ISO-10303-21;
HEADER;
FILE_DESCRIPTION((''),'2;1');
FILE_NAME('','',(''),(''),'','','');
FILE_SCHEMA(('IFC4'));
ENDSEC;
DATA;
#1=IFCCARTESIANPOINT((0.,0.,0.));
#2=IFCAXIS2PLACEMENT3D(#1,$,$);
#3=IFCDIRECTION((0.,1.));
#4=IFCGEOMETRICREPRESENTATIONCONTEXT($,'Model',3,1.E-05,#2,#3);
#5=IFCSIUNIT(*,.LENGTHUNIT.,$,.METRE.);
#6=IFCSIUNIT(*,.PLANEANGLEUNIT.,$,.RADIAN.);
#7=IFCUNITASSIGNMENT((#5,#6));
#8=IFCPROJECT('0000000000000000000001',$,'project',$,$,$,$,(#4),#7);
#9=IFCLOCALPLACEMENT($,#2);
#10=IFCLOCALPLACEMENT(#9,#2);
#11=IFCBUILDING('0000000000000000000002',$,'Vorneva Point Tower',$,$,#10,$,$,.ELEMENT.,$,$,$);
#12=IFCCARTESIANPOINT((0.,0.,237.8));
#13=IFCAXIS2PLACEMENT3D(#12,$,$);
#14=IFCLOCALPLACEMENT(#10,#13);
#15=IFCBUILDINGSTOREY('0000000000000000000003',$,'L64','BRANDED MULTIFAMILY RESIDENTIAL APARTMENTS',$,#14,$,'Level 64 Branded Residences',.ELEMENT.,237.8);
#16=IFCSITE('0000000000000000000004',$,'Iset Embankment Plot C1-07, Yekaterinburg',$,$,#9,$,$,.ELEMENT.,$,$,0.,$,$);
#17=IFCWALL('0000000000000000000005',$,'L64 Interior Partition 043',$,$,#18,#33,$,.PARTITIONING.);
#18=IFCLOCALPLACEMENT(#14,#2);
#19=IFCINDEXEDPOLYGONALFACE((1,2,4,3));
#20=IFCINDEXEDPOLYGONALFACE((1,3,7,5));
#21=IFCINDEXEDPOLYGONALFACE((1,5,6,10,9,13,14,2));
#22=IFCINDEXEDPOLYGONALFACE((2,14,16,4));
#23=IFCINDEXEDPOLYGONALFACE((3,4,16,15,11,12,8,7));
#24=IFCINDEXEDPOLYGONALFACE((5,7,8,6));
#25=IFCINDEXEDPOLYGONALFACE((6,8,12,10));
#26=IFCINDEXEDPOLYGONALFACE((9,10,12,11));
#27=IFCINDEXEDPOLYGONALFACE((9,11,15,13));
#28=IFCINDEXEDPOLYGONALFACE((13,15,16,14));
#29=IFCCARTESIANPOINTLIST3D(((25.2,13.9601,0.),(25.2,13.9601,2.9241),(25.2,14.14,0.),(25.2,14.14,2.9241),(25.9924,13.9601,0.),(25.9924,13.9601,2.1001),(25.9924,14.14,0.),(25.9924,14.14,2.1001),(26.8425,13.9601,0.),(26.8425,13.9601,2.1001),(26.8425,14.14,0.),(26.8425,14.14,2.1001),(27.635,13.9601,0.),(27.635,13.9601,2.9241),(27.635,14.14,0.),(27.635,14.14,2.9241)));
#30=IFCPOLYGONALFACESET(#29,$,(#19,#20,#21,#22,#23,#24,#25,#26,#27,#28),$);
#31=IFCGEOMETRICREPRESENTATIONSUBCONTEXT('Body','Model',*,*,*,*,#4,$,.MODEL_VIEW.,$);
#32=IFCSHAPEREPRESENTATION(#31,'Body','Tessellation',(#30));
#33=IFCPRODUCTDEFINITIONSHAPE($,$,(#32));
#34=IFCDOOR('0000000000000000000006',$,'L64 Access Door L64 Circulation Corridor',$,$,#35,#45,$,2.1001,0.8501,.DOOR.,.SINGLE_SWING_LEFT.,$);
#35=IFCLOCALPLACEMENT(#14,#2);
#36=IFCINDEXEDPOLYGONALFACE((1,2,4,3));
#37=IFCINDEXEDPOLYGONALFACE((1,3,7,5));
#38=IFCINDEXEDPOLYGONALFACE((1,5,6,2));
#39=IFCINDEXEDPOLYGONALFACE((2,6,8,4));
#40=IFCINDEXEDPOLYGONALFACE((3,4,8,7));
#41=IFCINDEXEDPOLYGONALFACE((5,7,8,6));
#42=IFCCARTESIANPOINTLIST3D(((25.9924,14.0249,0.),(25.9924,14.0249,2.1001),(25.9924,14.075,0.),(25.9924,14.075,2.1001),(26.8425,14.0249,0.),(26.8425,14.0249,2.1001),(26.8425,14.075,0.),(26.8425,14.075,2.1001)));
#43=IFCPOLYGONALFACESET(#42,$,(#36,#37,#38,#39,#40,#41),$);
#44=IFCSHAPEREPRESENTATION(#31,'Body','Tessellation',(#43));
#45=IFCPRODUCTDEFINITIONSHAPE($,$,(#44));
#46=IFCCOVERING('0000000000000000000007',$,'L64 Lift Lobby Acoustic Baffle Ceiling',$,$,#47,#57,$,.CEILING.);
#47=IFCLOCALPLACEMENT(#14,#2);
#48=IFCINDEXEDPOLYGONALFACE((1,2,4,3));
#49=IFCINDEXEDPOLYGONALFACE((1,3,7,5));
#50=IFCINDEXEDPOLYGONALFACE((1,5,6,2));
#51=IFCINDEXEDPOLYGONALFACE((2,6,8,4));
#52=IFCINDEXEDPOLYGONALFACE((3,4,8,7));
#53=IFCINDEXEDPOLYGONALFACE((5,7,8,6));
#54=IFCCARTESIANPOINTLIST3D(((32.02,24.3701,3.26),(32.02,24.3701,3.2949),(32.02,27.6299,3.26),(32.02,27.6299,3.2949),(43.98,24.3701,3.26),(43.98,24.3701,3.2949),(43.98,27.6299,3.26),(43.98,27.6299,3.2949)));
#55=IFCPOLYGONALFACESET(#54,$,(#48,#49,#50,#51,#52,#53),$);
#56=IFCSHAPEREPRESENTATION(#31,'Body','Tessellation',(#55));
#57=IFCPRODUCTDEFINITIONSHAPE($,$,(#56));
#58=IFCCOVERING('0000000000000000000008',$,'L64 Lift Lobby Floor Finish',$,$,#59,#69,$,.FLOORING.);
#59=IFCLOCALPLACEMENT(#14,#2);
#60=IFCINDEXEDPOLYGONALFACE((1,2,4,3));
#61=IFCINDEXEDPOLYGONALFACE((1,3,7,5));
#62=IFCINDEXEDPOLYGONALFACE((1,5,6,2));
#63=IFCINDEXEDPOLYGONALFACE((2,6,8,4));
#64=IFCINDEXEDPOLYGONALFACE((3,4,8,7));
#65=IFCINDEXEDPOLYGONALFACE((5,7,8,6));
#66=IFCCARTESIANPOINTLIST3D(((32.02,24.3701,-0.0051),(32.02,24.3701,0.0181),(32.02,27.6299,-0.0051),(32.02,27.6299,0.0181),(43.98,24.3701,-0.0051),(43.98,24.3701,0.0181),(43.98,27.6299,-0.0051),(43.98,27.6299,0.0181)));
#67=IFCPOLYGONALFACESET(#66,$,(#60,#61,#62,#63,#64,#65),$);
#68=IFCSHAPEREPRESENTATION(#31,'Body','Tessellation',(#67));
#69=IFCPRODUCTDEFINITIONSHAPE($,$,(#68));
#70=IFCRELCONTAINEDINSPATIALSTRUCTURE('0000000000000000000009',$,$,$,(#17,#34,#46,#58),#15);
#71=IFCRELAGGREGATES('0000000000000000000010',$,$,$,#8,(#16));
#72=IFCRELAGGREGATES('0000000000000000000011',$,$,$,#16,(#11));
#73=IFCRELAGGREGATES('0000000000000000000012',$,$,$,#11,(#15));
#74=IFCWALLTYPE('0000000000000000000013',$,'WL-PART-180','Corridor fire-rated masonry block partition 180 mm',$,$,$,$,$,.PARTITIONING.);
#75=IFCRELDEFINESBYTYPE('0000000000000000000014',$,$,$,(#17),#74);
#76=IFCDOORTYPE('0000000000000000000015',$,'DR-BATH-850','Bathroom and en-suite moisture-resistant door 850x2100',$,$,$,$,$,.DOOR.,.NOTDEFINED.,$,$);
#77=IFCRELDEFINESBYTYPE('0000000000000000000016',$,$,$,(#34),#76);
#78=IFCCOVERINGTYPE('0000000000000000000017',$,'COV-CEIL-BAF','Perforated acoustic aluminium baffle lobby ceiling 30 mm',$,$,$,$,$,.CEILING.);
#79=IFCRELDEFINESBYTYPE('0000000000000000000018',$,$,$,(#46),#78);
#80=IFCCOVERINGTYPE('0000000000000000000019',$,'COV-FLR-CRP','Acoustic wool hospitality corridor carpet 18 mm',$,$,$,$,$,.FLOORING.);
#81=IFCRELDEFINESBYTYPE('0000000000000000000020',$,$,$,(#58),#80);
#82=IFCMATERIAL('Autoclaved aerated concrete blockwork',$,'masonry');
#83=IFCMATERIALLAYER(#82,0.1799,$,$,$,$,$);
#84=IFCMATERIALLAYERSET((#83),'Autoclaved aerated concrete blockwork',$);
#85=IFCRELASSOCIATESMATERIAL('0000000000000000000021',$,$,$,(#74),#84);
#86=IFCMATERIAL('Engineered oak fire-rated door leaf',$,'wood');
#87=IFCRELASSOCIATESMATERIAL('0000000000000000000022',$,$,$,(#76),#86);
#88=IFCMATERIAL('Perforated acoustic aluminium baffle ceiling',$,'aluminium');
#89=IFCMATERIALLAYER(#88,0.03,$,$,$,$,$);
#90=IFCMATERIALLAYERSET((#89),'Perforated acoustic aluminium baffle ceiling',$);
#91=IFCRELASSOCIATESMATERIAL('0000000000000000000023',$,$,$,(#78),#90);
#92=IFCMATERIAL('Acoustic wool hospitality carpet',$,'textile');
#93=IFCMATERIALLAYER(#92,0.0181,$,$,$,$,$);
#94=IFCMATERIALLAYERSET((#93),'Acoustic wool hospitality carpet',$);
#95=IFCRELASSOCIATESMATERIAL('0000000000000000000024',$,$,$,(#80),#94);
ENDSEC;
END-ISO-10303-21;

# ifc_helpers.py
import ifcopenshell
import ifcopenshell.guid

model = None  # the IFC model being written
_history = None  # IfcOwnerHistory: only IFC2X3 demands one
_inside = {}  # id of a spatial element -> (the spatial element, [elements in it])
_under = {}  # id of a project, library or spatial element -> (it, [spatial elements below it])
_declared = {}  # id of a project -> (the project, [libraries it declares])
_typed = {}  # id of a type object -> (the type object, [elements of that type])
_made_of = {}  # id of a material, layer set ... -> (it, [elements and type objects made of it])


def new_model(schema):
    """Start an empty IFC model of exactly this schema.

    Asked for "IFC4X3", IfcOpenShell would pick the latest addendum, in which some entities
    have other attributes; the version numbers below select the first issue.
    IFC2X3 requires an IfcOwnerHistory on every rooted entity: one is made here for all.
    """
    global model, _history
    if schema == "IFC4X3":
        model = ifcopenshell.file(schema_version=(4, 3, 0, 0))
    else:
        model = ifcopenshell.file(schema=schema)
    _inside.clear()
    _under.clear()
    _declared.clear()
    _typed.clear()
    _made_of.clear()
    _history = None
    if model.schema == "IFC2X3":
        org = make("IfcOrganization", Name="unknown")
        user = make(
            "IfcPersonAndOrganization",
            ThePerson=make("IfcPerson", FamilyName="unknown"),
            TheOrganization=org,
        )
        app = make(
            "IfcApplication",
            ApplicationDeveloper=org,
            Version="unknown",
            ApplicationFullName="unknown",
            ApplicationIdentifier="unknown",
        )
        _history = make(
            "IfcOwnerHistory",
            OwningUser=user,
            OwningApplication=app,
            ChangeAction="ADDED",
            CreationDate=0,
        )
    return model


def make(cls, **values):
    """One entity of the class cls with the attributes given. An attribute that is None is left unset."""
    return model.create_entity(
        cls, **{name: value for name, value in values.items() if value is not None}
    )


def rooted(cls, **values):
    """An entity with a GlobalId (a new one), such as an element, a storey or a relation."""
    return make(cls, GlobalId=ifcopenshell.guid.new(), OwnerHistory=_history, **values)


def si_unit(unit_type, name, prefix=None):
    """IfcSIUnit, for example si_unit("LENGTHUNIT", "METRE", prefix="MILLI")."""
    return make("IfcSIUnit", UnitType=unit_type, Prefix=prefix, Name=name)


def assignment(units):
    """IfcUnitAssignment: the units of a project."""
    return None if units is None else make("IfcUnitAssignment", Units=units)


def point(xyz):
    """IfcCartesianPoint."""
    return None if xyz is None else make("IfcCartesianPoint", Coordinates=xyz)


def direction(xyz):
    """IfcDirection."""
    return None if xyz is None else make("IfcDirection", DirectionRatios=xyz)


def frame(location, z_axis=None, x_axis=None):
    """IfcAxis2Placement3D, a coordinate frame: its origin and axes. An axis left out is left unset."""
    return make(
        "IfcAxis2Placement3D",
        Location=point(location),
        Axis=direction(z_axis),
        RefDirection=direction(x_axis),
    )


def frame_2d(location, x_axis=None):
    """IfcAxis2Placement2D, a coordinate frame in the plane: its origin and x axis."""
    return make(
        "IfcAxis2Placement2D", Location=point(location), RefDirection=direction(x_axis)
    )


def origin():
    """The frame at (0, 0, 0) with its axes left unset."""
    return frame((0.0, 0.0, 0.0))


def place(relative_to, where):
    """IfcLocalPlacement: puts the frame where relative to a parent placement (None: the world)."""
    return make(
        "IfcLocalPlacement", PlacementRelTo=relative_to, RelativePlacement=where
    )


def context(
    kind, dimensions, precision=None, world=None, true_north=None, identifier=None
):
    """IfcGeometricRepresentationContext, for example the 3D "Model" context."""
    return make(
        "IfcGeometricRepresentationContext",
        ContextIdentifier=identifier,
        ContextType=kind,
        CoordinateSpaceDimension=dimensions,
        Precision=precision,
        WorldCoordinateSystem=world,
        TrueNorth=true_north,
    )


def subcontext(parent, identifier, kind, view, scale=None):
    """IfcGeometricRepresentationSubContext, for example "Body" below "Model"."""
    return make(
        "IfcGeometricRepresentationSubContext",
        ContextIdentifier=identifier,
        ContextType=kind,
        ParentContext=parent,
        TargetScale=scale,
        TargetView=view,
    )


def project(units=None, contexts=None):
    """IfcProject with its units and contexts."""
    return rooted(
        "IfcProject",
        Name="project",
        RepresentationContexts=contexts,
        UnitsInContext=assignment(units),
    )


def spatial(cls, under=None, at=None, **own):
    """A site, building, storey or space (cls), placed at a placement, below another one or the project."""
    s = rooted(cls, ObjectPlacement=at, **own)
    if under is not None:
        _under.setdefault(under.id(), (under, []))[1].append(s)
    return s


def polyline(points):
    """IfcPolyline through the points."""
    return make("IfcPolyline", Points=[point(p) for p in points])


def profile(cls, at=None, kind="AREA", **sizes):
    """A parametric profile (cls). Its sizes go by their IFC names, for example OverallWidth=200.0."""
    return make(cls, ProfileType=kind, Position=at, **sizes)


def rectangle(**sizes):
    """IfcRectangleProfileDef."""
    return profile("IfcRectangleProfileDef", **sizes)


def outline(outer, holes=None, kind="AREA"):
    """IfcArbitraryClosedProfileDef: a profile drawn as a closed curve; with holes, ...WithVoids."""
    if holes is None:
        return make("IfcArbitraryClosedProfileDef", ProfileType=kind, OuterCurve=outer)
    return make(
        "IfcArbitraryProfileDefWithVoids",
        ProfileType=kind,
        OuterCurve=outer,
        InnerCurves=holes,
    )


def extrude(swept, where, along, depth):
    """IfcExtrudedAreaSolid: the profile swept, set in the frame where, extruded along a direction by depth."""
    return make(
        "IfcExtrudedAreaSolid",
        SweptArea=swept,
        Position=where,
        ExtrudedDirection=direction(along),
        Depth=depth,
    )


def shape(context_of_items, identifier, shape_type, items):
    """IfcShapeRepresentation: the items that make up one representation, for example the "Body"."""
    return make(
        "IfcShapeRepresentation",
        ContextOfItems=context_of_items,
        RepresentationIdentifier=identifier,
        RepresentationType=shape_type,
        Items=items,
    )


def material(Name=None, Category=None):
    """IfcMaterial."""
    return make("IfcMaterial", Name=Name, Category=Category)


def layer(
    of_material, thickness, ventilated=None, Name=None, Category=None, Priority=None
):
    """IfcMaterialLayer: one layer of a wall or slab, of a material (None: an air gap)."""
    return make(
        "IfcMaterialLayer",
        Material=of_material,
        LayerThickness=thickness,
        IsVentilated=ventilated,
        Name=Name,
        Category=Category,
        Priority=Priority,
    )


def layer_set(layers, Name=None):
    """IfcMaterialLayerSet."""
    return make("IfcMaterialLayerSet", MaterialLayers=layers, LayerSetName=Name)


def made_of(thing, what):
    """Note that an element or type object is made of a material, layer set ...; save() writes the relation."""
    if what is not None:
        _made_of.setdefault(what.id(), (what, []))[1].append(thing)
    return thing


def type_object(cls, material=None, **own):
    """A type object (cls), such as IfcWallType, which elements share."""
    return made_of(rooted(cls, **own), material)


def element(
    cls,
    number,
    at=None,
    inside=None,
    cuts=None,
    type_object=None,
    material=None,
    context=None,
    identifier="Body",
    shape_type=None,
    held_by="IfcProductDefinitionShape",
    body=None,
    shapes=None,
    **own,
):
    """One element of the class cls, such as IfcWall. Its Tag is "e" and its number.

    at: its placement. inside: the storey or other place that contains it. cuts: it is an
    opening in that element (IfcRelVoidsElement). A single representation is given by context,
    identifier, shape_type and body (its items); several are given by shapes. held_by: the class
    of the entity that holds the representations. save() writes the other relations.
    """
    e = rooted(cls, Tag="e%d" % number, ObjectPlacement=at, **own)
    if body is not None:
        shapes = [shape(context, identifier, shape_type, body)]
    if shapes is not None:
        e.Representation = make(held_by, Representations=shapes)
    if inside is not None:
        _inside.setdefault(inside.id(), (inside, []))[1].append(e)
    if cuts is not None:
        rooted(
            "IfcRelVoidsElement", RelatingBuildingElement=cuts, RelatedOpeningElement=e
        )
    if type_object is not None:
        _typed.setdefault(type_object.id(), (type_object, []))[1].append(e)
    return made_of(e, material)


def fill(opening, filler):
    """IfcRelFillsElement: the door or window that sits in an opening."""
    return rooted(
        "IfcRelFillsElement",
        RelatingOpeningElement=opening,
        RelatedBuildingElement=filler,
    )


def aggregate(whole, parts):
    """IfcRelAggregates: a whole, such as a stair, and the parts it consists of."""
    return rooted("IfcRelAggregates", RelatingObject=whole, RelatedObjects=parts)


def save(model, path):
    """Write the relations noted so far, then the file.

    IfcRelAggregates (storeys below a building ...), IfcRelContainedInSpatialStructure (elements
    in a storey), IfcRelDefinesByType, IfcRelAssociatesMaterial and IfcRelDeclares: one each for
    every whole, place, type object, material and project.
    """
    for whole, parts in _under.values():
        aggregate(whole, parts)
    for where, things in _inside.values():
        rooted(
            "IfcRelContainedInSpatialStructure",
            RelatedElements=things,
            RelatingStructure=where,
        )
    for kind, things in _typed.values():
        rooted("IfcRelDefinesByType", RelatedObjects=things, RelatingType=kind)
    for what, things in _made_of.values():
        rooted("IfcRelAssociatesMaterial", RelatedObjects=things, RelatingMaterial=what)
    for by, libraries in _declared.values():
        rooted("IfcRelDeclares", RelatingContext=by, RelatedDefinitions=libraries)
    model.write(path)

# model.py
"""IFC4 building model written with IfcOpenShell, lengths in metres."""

from ifc_helpers import new_model, si_unit, direction, frame, frame_2d, origin, place, context, subcontext, project, spatial, polyline, rectangle, outline, extrude, material, layer, layer_set, type_object, element, fill, save


model = new_model("IFC4")

# Units and contexts
model_context = context("Model", 3, precision=1e-05, world=origin(), true_north=direction((0.0, 1.0)))
body_context = subcontext(model_context, "Body", "Model", "MODEL_VIEW")
ifc_project = project(units=[si_unit("LENGTHUNIT", "METRE"), si_unit("PLANEANGLEUNIT", "RADIAN")], contexts=[model_context])

# Site, building, storey
site_placement = place(None, origin())
site = spatial("IfcSite", under=ifc_project, at=site_placement, Name="Iset Embankment Plot C1-07, Yekaterinburg", CompositionType="ELEMENT", RefElevation=0.0)
building_placement = place(site_placement, origin())
building = spatial("IfcBuilding", under=site, at=building_placement, Name="Vorneva Point Tower", CompositionType="ELEMENT")
storey_placement = place(building_placement, frame((0.0, 0.0, 237.8)))
storey = spatial("IfcBuildingStorey", under=building, at=storey_placement, Name="L64", Description="BRANDED MULTIFAMILY RESIDENTIAL APARTMENTS", LongName="Level 64 Branded Residences", CompositionType="ELEMENT", Elevation=237.8)

# Shared definitions
ifc_material_1 = material(Name="Autoclaved aerated concrete blockwork", Category="masonry")
ifc_layer_1 = layer(ifc_material_1, 0.1799)
ifc_layer_set_1 = layer_set([ifc_layer_1], Name="Autoclaved aerated concrete blockwork")
wall_type_1 = type_object("IfcWallType", Name="WL-PART-180", Description="Corridor fire-rated masonry block partition 180 mm", PredefinedType="PARTITIONING", material=ifc_layer_set_1)

# Wall, opening, door
wall_1_placement = place(storey_placement, frame((25.2, 14.05, 0.0), z_axis=(0.0, 0.0, 1.0), x_axis=(1.0, 0.0, 0.0)))
wall_1 = element("IfcWall", 1, at=wall_1_placement, inside=storey, type_object=wall_type_1, Name="L64 Interior Partition 043", PredefinedType="PARTITIONING", context=body_context, shape_type="SweptSolid", body=[
    extrude(rectangle(XDim=2.4351, YDim=0.1799, at=frame_2d((1.2175, 0.0))), origin(), (0.0, 0.0, 1.0), 2.9241),
])
opening_1_placement = place(wall_1_placement, frame((0.7925, 0.0, 0.0)))
opening_1 = element("IfcOpeningElement", 2, at=opening_1_placement, cuts=wall_1, PredefinedType="OPENING", context=body_context, shape_type="SweptSolid", body=[
    extrude(rectangle(XDim=0.8501, YDim=2.1001, at=frame_2d((0.425, 1.05))), frame((0.0, 0.105, 0.0), z_axis=(0.0, -1.0, 0.0), x_axis=(1.0, 0.0, 0.0)), (0.0, 0.0, 1.0), 0.2097),
])
ifc_material_2 = material(Name="Engineered oak fire-rated door leaf", Category="wood")
door_type = type_object("IfcDoorType", Name="DR-BATH-850", Description="Bathroom and en-suite moisture-resistant door 850x2100", OperationType="NOTDEFINED", PredefinedType="DOOR", material=ifc_material_2)
door_placement = place(opening_1_placement, origin())
door = element("IfcDoor", 3, at=door_placement, inside=storey, type_object=door_type, Name="L64 Access Door L64 Circulation Corridor", OperationType="SINGLE_SWING_LEFT", OverallHeight=2.1001, OverallWidth=0.8501, PredefinedType="DOOR", context=body_context, shape_type="SweptSolid", body=[
    extrude(rectangle(XDim=0.8501, YDim=2.1001, at=frame_2d((0.425, 1.05))), frame((0.0, 0.0249, 0.0), z_axis=(0.0, -1.0, 0.0), x_axis=(1.0, 0.0, 0.0)), (0.0, 0.0, 1.0), 0.05),
])
fill(opening_1, door)

# Coverings
ifc_material_3 = material(Name="Perforated acoustic aluminium baffle ceiling", Category="aluminium")
ifc_layer_2 = layer(ifc_material_3, 0.03)
ifc_layer_set_2 = layer_set([ifc_layer_2], Name="Perforated acoustic aluminium baffle ceiling")
covering_type_1 = type_object("IfcCoveringType", Name="COV-CEIL-BAF", Description="Perforated acoustic aluminium baffle lobby ceiling 30 mm", PredefinedType="CEILING", material=ifc_layer_set_2)
covering_1_placement = place(storey_placement, frame((0.0, 0.0, 3.26)))
element("IfcCovering", 4, at=covering_1_placement, inside=storey, type_object=covering_type_1, Name="L64 Lift Lobby Acoustic Baffle Ceiling", PredefinedType="CEILING", context=body_context, shape_type="SweptSolid", body=[
    extrude(outline(polyline([(32.02, 24.3701), (43.98, 24.3701), (43.98, 27.6299), (32.02, 27.6299), (32.02, 24.3701)])), origin(), (0.0, 0.0, 1.0), 0.0349),
])
ifc_material_4 = material(Name="Acoustic wool hospitality carpet", Category="textile")
ifc_layer_3 = layer(ifc_material_4, 0.0181)
ifc_layer_set_3 = layer_set([ifc_layer_3], Name="Acoustic wool hospitality carpet")
covering_type_2 = type_object("IfcCoveringType", Name="COV-FLR-CRP", Description="Acoustic wool hospitality corridor carpet 18 mm", PredefinedType="FLOORING", material=ifc_layer_set_3)
covering_2_placement = place(storey_placement, frame((0.0, 0.0, -0.0051)))
element("IfcCovering", 5, at=covering_2_placement, inside=storey, type_object=covering_type_2, Name="L64 Lift Lobby Floor Finish", PredefinedType="FLOORING", context=body_context, shape_type="SweptSolid", body=[
    extrude(outline(polyline([(32.02, 24.3701), (43.98, 24.3701), (43.98, 27.6299), (32.02, 27.6299), (32.02, 24.3701)])), origin(), (0.0, 0.0, 1.0), 0.0232),
])

save(model, "model.ifc")
